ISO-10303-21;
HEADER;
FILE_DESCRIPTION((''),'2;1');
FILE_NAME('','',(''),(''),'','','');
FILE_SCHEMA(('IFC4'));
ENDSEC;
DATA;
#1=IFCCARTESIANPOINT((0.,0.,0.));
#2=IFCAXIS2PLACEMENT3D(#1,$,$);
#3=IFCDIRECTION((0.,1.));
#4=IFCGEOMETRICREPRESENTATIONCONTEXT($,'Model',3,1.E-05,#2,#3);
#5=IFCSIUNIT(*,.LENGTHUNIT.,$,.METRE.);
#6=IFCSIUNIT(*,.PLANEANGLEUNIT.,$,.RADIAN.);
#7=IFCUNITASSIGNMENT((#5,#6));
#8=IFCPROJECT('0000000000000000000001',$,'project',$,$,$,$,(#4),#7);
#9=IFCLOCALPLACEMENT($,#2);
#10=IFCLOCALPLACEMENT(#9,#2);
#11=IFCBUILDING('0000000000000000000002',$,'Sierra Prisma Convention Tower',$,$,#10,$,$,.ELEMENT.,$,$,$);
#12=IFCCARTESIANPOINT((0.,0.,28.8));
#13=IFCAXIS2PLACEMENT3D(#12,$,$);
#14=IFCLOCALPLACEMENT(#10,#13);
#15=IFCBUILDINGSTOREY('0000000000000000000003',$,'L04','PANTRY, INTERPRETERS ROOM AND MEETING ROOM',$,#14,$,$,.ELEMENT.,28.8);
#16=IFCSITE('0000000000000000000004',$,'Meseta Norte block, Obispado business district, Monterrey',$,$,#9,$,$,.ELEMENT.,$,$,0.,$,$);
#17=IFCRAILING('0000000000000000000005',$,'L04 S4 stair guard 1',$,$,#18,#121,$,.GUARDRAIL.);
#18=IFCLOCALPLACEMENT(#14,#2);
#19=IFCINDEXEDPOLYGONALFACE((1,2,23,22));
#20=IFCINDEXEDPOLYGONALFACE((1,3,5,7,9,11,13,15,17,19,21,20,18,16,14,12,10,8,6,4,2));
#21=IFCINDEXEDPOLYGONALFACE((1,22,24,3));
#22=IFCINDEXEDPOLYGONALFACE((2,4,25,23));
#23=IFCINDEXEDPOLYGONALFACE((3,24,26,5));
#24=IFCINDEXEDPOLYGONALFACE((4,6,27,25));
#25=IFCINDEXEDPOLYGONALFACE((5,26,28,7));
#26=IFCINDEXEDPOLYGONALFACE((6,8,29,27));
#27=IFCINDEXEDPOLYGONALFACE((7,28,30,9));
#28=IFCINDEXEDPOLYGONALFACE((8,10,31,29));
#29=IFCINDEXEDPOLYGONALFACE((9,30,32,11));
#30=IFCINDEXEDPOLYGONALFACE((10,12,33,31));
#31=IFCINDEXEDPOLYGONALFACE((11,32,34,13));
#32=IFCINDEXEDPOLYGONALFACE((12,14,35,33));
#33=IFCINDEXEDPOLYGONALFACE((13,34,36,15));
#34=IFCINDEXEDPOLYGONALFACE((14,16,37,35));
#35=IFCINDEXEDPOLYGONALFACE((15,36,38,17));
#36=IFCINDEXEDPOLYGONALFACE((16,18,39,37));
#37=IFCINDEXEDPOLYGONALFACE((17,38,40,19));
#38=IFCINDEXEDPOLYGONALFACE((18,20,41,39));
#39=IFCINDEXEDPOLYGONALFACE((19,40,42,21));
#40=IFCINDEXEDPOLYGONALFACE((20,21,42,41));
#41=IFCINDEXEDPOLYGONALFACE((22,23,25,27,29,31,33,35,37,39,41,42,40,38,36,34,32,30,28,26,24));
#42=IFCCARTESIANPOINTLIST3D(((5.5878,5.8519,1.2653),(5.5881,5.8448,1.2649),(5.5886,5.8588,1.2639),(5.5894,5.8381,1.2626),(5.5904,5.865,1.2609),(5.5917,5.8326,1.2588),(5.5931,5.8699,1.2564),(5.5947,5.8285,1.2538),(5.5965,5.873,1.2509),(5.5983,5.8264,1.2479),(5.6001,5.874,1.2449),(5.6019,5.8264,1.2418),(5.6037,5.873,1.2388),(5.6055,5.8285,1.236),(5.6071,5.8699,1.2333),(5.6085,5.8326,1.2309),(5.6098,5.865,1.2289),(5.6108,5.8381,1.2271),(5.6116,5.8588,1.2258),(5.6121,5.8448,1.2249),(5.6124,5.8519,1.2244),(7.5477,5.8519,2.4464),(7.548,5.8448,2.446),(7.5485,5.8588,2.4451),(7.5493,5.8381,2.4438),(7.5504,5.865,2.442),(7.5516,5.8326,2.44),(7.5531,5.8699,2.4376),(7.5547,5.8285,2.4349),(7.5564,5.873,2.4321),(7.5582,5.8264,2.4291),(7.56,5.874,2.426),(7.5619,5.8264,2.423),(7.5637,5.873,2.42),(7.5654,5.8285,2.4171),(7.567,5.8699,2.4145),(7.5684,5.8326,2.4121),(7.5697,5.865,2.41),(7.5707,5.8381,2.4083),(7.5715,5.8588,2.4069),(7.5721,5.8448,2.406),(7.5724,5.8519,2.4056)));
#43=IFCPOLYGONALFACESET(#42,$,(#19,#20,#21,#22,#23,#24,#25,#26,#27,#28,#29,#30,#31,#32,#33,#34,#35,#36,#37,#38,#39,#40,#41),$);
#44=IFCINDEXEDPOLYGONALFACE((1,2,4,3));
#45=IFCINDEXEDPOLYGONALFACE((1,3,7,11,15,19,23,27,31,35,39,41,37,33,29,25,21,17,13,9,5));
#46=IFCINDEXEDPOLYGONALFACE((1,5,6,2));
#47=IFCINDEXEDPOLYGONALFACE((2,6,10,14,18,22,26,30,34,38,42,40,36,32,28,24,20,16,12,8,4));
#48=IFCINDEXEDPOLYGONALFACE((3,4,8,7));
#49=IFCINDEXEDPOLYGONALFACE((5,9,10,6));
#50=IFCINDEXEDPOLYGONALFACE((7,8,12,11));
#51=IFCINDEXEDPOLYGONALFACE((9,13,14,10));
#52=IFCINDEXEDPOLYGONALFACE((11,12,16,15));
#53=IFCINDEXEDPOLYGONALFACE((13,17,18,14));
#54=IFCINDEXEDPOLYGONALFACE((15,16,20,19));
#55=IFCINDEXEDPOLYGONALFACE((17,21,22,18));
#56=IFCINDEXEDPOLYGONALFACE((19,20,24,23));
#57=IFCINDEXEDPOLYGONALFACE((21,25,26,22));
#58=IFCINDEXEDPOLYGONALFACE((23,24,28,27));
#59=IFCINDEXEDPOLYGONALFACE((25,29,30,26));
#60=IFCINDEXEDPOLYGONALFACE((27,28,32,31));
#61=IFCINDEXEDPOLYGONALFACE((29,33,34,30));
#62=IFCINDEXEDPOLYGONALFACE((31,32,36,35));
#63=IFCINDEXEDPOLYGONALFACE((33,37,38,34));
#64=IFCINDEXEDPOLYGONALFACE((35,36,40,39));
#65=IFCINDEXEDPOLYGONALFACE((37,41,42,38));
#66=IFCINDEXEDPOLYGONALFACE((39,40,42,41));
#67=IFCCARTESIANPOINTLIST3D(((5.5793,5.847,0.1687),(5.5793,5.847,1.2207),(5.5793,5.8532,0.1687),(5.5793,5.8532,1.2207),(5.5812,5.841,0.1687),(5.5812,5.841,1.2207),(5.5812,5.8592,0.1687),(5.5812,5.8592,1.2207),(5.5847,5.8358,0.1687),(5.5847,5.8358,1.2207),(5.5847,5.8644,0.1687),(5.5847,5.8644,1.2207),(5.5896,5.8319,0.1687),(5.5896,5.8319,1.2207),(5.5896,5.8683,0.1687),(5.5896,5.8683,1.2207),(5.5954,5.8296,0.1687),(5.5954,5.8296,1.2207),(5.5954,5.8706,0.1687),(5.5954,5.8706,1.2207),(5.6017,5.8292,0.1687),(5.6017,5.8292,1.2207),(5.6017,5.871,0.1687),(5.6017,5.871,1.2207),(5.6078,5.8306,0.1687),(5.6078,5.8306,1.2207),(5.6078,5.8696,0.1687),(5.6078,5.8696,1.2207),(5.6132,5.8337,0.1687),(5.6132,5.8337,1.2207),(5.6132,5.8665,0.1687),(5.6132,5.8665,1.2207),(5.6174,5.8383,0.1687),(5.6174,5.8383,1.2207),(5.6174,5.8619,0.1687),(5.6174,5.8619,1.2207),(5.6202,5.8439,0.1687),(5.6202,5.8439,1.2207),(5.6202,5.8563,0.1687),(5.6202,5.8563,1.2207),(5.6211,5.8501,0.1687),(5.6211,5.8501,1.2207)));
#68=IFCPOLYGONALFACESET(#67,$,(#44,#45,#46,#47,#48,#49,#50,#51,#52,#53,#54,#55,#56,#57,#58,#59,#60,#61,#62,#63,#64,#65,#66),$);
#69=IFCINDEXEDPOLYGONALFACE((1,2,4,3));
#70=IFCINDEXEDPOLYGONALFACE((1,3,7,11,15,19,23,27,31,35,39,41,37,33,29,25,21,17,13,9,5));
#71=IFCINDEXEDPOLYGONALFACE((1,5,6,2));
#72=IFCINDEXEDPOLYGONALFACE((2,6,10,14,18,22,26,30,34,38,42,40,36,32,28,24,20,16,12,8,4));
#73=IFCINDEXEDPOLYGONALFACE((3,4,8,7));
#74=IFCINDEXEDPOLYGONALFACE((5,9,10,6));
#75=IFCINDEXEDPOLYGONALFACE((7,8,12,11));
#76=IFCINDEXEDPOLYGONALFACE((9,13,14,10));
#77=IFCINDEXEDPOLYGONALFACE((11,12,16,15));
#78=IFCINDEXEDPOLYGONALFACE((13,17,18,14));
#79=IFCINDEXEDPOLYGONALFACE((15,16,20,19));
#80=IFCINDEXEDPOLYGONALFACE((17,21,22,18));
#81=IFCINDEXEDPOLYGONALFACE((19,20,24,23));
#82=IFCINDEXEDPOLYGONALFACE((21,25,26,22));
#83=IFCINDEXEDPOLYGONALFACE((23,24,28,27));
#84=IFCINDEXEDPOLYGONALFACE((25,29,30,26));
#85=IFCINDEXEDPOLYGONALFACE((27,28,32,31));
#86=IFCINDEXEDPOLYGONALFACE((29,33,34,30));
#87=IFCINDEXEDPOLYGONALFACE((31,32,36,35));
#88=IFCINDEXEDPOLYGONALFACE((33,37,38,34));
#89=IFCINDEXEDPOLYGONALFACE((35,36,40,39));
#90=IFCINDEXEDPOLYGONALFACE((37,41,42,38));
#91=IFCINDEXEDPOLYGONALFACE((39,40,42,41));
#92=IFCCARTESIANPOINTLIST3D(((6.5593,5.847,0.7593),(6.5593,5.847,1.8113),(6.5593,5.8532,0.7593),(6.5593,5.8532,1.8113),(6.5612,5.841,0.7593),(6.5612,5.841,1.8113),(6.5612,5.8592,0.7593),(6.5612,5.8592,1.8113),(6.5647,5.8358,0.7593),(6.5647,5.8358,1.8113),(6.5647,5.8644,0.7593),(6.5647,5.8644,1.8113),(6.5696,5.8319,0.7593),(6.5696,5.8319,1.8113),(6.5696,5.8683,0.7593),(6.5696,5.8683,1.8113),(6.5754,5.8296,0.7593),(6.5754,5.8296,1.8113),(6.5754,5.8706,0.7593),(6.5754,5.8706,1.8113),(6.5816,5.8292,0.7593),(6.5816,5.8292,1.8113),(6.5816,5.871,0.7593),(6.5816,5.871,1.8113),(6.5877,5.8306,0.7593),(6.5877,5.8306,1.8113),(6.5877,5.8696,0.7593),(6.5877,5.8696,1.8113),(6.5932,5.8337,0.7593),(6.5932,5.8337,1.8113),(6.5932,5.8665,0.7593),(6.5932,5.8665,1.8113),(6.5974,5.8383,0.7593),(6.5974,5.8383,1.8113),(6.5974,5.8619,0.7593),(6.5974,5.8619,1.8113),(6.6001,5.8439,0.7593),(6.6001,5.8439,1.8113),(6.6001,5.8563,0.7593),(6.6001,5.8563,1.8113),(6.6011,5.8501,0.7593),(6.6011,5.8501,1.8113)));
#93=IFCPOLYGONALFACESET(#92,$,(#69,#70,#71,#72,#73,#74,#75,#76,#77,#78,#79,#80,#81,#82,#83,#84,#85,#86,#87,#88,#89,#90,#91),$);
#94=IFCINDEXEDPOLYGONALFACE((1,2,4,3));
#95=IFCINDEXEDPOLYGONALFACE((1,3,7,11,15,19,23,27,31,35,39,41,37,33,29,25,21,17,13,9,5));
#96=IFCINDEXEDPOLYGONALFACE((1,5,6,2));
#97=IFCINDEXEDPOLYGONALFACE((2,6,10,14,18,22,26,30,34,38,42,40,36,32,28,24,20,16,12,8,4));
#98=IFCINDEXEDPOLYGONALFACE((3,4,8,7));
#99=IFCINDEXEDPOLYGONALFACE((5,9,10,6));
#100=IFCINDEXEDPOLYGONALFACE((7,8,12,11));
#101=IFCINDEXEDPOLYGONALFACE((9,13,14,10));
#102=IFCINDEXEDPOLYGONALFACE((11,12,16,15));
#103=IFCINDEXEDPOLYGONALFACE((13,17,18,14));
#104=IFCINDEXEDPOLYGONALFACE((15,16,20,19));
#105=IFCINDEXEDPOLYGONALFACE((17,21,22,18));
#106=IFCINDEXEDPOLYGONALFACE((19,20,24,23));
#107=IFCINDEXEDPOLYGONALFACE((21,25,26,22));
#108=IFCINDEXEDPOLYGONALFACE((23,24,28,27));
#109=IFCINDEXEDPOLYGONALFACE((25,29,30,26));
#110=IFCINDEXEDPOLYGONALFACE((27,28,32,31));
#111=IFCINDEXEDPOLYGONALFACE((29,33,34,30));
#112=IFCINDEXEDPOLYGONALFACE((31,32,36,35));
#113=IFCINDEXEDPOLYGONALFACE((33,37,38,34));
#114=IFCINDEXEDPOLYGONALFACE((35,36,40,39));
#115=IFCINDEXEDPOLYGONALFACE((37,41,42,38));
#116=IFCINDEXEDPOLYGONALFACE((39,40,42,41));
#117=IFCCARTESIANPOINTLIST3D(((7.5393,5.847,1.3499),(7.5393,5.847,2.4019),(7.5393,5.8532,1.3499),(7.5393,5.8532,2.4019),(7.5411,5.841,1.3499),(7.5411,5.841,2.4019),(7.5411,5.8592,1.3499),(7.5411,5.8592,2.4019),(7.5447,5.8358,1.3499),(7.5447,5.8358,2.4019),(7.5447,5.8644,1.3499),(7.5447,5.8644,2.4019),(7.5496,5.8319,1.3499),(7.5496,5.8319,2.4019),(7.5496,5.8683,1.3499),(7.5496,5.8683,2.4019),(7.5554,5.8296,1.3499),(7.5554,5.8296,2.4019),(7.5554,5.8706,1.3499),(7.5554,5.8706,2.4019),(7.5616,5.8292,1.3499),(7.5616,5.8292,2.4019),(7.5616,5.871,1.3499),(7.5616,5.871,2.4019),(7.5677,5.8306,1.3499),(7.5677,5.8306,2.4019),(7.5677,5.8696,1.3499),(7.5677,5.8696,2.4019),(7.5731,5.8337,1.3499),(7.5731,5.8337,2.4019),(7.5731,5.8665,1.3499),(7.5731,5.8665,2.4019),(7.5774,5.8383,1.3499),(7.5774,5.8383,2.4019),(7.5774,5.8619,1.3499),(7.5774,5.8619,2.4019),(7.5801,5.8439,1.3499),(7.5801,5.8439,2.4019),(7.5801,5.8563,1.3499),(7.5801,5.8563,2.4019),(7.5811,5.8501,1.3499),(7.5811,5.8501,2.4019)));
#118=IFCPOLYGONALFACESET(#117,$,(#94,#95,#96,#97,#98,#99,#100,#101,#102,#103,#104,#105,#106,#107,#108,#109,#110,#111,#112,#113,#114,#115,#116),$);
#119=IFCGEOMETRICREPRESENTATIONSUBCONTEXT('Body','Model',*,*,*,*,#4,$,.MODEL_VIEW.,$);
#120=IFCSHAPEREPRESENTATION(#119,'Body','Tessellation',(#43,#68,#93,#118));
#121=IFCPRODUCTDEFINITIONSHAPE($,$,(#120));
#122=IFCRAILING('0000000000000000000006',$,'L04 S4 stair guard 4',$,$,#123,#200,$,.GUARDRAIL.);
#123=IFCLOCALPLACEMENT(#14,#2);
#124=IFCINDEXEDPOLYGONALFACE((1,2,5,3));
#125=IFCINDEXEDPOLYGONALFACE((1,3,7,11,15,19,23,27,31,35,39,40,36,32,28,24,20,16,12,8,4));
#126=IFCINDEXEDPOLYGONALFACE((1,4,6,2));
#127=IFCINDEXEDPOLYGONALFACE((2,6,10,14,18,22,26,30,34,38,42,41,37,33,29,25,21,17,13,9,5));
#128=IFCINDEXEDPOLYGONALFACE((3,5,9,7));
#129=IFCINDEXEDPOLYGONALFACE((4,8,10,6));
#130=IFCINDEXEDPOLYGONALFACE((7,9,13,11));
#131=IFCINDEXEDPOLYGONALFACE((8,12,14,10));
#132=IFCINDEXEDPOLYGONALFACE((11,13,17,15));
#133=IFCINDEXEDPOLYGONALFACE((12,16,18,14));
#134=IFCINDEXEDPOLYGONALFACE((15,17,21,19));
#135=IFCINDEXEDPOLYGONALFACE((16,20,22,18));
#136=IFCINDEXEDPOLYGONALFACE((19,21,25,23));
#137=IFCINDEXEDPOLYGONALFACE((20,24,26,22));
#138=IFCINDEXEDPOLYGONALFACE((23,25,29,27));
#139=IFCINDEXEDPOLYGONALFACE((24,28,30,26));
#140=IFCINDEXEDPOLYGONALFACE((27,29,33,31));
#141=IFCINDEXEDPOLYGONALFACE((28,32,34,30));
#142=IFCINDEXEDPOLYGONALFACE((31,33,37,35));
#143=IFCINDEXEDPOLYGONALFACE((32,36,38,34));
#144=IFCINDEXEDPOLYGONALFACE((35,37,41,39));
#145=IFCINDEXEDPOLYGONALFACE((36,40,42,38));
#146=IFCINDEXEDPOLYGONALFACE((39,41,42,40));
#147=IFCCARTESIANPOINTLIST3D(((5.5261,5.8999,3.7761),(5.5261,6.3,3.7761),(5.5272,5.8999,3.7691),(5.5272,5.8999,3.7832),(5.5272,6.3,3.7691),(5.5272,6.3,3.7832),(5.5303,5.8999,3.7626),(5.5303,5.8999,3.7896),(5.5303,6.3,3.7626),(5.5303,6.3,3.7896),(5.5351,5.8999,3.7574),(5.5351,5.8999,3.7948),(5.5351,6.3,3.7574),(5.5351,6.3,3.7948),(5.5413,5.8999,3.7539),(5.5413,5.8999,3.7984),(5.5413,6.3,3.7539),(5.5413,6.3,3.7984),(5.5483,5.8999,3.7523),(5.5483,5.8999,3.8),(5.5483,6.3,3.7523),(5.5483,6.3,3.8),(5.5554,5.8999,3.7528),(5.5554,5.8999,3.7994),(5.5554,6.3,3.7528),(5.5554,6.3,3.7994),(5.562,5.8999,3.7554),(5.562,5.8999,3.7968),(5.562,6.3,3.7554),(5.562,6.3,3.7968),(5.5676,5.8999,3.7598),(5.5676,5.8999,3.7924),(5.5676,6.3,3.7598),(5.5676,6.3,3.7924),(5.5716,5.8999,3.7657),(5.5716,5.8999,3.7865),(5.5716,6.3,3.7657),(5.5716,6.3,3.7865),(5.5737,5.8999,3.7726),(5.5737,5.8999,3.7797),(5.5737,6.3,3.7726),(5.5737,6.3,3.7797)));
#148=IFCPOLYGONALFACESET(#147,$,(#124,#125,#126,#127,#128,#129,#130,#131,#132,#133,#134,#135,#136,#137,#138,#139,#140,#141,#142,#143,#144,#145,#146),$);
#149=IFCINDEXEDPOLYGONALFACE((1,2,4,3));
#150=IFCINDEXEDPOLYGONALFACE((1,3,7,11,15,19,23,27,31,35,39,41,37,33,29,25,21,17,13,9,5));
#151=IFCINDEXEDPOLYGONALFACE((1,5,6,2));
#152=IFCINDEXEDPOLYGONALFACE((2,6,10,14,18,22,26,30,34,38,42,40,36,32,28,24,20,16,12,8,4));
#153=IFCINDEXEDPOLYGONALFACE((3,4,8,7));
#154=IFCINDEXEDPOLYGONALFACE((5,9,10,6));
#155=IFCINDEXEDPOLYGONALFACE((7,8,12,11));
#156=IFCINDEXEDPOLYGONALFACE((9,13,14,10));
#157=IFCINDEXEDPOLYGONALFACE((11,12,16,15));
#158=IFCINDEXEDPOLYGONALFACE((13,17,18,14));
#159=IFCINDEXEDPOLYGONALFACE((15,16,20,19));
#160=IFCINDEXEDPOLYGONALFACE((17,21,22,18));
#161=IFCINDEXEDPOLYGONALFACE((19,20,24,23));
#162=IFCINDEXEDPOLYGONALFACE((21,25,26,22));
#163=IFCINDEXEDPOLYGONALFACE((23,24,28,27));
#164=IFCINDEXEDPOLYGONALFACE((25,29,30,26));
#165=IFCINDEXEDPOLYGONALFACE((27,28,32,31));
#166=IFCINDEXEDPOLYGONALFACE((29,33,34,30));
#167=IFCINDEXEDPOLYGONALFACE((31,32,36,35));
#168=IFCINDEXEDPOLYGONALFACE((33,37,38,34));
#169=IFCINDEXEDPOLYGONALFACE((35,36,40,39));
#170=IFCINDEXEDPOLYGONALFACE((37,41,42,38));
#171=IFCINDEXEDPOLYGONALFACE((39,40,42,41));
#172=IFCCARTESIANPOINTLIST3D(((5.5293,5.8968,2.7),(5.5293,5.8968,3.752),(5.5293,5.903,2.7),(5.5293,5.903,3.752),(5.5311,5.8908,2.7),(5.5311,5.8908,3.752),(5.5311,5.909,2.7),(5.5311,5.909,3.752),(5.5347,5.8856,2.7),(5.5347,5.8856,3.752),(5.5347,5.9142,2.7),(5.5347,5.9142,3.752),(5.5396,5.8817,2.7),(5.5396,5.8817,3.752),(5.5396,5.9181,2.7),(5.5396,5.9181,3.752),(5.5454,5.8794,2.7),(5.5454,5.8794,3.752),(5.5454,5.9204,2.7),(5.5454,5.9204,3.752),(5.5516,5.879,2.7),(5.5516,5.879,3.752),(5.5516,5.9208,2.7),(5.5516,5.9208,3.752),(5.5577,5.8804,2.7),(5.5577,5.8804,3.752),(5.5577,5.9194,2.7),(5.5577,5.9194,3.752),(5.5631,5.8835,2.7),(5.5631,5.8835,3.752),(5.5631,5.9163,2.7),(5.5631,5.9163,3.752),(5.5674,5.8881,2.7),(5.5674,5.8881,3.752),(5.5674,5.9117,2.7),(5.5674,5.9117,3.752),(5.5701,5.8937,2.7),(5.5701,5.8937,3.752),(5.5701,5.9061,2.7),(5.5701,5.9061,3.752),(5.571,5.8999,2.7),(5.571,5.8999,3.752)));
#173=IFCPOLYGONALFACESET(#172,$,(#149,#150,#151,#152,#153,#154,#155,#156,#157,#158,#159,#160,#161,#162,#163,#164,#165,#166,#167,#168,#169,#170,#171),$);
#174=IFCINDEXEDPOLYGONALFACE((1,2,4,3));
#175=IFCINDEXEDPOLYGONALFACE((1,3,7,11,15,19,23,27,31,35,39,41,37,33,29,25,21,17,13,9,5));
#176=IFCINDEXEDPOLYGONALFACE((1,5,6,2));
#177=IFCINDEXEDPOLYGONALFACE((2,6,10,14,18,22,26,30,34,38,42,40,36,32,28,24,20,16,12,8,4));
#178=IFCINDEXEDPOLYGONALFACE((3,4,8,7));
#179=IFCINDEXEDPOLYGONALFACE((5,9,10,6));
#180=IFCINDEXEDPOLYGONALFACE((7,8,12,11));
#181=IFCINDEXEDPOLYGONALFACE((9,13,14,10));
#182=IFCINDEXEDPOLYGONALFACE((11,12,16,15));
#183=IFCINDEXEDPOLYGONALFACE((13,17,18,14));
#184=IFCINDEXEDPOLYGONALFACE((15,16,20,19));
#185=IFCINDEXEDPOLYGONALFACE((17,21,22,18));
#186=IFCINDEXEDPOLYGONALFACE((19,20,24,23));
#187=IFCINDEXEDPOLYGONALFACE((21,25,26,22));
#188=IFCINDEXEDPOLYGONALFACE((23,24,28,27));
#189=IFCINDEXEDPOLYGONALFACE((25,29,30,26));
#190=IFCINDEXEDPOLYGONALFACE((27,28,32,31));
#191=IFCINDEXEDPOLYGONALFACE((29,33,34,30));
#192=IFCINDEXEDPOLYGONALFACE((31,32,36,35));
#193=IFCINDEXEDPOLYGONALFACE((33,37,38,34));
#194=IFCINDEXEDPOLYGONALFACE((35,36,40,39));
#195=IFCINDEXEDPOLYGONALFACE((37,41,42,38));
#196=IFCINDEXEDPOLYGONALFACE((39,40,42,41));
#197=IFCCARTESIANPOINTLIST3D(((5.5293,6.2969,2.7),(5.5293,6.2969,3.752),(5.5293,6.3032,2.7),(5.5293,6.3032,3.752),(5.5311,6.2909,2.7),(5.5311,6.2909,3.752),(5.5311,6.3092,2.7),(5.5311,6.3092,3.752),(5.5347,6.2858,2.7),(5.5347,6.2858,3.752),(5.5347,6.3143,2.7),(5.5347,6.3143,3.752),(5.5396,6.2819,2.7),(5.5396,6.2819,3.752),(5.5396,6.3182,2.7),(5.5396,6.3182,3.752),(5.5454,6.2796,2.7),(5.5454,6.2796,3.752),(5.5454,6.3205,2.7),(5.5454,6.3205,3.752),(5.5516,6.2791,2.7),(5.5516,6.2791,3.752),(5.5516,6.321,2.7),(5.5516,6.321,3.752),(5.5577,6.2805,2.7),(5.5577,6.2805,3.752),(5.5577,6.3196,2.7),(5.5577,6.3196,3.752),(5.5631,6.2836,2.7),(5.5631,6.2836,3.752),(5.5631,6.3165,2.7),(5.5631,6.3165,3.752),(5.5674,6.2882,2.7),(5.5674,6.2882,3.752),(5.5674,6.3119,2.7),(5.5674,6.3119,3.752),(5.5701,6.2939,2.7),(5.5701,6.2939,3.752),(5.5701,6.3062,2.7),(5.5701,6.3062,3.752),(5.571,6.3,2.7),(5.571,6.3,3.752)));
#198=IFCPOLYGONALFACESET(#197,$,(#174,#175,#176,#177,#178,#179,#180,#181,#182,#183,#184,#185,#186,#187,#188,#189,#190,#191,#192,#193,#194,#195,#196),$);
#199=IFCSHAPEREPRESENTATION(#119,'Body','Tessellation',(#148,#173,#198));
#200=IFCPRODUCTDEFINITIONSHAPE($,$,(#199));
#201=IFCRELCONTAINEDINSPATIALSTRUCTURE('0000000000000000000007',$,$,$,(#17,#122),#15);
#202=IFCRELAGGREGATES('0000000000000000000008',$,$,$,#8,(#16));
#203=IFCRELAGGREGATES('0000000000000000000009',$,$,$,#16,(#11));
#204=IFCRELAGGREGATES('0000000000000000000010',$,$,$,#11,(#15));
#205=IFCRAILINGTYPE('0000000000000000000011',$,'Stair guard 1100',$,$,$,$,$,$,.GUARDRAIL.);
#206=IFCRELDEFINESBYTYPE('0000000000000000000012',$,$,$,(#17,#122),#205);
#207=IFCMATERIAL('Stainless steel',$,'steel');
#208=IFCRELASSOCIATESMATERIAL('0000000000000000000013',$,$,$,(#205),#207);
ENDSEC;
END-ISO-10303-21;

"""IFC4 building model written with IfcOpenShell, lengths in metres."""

from ifc_helpers import new_model, si_unit, direction, frame, origin, origin_2d, place, context, subcontext, project, spatial, circle, extrude, material, type_object, element, save


model = new_model("IFC4")

# Units and contexts
model_context = context("Model", 3, precision=1e-05, world=origin(), true_north=direction((0.0, 1.0)))
body_context = subcontext(model_context, "Body", "Model", "MODEL_VIEW")
ifc_project = project(units=[si_unit("LENGTHUNIT", "METRE"), si_unit("PLANEANGLEUNIT", "RADIAN")], contexts=[model_context])

# Site, building, storey
site_placement = place(None, origin())
site = spatial("IfcSite", under=ifc_project, at=site_placement, Name="Meseta Norte block, Obispado business district, Monterrey", CompositionType="ELEMENT", RefElevation=0.0)
building_placement = place(site_placement, origin())
building = spatial("IfcBuilding", under=site, at=building_placement, Name="Sierra Prisma Convention Tower", CompositionType="ELEMENT")
storey_placement = place(building_placement, frame((0.0, 0.0, 28.8)))
storey = spatial("IfcBuildingStorey", under=building, at=storey_placement, Name="L04", Description="PANTRY, INTERPRETERS ROOM AND MEETING ROOM", CompositionType="ELEMENT", Elevation=28.8)

# Railings
ifc_material_1 = material(Name="Stainless steel", Category="steel")
railing_type_1 = type_object("IfcRailingType", Name="Stair guard 1100", PredefinedType="GUARDRAIL", material=ifc_material_1)
railing_1_placement = place(storey_placement, frame((5.6001, 5.8501, 0.1687)))
element("IfcRailing", 1, at=railing_1_placement, inside=storey, type_object=railing_type_1, Name="L04 S4 stair guard 1", PredefinedType="GUARDRAIL", context=body_context, shape_type="SweptSolid", body=[
    extrude(circle(Radius=0.0239, at=origin_2d()), frame((0.0, 0.0, 1.0762), z_axis=(0.856493, 0.0, 0.516158), x_axis=(0.0, 1.0, 0.0)), (0.0, 0.0, 1.0), 2.2883),
    extrude(circle(Radius=0.021, at=origin_2d()), origin(), (0.0, 0.0, 1.0), 1.052),
    extrude(circle(Radius=0.021, at=origin_2d()), frame((0.98, 0.0, 0.5906)), (0.0, 0.0, 1.0), 1.052),
    extrude(circle(Radius=0.021, at=origin_2d()), frame((1.96, 0.0, 1.1812)), (0.0, 0.0, 1.0), 1.052),
])
for number, where, name in (
    (2, (5.55, 5.8999, 2.7), "L04 S4 stair guard 4"),
):
    element("IfcRailing", number, at=place(storey_placement, frame(where)), inside=storey, type_object=railing_type_1, Name=name, PredefinedType="GUARDRAIL", context=body_context, shape_type="SweptSolid", body=[
        extrude(circle(Radius=0.0239, at=origin_2d()), frame((0.0, 0.0, 1.0762), z_axis=(0.0, 1.0, 0.0), x_axis=(-1.0, 0.0, 0.0)), (0.0, 0.0, 1.0), 0.4001),
        extrude(circle(Radius=0.021, at=origin_2d()), origin(), (0.0, 0.0, 1.0), 1.052),
        extrude(circle(Radius=0.021, at=origin_2d()), frame((0.0, 0.4001, 0.0)), (0.0, 0.0, 1.0), 1.052),
    ])

save(model, "model.ifc")
